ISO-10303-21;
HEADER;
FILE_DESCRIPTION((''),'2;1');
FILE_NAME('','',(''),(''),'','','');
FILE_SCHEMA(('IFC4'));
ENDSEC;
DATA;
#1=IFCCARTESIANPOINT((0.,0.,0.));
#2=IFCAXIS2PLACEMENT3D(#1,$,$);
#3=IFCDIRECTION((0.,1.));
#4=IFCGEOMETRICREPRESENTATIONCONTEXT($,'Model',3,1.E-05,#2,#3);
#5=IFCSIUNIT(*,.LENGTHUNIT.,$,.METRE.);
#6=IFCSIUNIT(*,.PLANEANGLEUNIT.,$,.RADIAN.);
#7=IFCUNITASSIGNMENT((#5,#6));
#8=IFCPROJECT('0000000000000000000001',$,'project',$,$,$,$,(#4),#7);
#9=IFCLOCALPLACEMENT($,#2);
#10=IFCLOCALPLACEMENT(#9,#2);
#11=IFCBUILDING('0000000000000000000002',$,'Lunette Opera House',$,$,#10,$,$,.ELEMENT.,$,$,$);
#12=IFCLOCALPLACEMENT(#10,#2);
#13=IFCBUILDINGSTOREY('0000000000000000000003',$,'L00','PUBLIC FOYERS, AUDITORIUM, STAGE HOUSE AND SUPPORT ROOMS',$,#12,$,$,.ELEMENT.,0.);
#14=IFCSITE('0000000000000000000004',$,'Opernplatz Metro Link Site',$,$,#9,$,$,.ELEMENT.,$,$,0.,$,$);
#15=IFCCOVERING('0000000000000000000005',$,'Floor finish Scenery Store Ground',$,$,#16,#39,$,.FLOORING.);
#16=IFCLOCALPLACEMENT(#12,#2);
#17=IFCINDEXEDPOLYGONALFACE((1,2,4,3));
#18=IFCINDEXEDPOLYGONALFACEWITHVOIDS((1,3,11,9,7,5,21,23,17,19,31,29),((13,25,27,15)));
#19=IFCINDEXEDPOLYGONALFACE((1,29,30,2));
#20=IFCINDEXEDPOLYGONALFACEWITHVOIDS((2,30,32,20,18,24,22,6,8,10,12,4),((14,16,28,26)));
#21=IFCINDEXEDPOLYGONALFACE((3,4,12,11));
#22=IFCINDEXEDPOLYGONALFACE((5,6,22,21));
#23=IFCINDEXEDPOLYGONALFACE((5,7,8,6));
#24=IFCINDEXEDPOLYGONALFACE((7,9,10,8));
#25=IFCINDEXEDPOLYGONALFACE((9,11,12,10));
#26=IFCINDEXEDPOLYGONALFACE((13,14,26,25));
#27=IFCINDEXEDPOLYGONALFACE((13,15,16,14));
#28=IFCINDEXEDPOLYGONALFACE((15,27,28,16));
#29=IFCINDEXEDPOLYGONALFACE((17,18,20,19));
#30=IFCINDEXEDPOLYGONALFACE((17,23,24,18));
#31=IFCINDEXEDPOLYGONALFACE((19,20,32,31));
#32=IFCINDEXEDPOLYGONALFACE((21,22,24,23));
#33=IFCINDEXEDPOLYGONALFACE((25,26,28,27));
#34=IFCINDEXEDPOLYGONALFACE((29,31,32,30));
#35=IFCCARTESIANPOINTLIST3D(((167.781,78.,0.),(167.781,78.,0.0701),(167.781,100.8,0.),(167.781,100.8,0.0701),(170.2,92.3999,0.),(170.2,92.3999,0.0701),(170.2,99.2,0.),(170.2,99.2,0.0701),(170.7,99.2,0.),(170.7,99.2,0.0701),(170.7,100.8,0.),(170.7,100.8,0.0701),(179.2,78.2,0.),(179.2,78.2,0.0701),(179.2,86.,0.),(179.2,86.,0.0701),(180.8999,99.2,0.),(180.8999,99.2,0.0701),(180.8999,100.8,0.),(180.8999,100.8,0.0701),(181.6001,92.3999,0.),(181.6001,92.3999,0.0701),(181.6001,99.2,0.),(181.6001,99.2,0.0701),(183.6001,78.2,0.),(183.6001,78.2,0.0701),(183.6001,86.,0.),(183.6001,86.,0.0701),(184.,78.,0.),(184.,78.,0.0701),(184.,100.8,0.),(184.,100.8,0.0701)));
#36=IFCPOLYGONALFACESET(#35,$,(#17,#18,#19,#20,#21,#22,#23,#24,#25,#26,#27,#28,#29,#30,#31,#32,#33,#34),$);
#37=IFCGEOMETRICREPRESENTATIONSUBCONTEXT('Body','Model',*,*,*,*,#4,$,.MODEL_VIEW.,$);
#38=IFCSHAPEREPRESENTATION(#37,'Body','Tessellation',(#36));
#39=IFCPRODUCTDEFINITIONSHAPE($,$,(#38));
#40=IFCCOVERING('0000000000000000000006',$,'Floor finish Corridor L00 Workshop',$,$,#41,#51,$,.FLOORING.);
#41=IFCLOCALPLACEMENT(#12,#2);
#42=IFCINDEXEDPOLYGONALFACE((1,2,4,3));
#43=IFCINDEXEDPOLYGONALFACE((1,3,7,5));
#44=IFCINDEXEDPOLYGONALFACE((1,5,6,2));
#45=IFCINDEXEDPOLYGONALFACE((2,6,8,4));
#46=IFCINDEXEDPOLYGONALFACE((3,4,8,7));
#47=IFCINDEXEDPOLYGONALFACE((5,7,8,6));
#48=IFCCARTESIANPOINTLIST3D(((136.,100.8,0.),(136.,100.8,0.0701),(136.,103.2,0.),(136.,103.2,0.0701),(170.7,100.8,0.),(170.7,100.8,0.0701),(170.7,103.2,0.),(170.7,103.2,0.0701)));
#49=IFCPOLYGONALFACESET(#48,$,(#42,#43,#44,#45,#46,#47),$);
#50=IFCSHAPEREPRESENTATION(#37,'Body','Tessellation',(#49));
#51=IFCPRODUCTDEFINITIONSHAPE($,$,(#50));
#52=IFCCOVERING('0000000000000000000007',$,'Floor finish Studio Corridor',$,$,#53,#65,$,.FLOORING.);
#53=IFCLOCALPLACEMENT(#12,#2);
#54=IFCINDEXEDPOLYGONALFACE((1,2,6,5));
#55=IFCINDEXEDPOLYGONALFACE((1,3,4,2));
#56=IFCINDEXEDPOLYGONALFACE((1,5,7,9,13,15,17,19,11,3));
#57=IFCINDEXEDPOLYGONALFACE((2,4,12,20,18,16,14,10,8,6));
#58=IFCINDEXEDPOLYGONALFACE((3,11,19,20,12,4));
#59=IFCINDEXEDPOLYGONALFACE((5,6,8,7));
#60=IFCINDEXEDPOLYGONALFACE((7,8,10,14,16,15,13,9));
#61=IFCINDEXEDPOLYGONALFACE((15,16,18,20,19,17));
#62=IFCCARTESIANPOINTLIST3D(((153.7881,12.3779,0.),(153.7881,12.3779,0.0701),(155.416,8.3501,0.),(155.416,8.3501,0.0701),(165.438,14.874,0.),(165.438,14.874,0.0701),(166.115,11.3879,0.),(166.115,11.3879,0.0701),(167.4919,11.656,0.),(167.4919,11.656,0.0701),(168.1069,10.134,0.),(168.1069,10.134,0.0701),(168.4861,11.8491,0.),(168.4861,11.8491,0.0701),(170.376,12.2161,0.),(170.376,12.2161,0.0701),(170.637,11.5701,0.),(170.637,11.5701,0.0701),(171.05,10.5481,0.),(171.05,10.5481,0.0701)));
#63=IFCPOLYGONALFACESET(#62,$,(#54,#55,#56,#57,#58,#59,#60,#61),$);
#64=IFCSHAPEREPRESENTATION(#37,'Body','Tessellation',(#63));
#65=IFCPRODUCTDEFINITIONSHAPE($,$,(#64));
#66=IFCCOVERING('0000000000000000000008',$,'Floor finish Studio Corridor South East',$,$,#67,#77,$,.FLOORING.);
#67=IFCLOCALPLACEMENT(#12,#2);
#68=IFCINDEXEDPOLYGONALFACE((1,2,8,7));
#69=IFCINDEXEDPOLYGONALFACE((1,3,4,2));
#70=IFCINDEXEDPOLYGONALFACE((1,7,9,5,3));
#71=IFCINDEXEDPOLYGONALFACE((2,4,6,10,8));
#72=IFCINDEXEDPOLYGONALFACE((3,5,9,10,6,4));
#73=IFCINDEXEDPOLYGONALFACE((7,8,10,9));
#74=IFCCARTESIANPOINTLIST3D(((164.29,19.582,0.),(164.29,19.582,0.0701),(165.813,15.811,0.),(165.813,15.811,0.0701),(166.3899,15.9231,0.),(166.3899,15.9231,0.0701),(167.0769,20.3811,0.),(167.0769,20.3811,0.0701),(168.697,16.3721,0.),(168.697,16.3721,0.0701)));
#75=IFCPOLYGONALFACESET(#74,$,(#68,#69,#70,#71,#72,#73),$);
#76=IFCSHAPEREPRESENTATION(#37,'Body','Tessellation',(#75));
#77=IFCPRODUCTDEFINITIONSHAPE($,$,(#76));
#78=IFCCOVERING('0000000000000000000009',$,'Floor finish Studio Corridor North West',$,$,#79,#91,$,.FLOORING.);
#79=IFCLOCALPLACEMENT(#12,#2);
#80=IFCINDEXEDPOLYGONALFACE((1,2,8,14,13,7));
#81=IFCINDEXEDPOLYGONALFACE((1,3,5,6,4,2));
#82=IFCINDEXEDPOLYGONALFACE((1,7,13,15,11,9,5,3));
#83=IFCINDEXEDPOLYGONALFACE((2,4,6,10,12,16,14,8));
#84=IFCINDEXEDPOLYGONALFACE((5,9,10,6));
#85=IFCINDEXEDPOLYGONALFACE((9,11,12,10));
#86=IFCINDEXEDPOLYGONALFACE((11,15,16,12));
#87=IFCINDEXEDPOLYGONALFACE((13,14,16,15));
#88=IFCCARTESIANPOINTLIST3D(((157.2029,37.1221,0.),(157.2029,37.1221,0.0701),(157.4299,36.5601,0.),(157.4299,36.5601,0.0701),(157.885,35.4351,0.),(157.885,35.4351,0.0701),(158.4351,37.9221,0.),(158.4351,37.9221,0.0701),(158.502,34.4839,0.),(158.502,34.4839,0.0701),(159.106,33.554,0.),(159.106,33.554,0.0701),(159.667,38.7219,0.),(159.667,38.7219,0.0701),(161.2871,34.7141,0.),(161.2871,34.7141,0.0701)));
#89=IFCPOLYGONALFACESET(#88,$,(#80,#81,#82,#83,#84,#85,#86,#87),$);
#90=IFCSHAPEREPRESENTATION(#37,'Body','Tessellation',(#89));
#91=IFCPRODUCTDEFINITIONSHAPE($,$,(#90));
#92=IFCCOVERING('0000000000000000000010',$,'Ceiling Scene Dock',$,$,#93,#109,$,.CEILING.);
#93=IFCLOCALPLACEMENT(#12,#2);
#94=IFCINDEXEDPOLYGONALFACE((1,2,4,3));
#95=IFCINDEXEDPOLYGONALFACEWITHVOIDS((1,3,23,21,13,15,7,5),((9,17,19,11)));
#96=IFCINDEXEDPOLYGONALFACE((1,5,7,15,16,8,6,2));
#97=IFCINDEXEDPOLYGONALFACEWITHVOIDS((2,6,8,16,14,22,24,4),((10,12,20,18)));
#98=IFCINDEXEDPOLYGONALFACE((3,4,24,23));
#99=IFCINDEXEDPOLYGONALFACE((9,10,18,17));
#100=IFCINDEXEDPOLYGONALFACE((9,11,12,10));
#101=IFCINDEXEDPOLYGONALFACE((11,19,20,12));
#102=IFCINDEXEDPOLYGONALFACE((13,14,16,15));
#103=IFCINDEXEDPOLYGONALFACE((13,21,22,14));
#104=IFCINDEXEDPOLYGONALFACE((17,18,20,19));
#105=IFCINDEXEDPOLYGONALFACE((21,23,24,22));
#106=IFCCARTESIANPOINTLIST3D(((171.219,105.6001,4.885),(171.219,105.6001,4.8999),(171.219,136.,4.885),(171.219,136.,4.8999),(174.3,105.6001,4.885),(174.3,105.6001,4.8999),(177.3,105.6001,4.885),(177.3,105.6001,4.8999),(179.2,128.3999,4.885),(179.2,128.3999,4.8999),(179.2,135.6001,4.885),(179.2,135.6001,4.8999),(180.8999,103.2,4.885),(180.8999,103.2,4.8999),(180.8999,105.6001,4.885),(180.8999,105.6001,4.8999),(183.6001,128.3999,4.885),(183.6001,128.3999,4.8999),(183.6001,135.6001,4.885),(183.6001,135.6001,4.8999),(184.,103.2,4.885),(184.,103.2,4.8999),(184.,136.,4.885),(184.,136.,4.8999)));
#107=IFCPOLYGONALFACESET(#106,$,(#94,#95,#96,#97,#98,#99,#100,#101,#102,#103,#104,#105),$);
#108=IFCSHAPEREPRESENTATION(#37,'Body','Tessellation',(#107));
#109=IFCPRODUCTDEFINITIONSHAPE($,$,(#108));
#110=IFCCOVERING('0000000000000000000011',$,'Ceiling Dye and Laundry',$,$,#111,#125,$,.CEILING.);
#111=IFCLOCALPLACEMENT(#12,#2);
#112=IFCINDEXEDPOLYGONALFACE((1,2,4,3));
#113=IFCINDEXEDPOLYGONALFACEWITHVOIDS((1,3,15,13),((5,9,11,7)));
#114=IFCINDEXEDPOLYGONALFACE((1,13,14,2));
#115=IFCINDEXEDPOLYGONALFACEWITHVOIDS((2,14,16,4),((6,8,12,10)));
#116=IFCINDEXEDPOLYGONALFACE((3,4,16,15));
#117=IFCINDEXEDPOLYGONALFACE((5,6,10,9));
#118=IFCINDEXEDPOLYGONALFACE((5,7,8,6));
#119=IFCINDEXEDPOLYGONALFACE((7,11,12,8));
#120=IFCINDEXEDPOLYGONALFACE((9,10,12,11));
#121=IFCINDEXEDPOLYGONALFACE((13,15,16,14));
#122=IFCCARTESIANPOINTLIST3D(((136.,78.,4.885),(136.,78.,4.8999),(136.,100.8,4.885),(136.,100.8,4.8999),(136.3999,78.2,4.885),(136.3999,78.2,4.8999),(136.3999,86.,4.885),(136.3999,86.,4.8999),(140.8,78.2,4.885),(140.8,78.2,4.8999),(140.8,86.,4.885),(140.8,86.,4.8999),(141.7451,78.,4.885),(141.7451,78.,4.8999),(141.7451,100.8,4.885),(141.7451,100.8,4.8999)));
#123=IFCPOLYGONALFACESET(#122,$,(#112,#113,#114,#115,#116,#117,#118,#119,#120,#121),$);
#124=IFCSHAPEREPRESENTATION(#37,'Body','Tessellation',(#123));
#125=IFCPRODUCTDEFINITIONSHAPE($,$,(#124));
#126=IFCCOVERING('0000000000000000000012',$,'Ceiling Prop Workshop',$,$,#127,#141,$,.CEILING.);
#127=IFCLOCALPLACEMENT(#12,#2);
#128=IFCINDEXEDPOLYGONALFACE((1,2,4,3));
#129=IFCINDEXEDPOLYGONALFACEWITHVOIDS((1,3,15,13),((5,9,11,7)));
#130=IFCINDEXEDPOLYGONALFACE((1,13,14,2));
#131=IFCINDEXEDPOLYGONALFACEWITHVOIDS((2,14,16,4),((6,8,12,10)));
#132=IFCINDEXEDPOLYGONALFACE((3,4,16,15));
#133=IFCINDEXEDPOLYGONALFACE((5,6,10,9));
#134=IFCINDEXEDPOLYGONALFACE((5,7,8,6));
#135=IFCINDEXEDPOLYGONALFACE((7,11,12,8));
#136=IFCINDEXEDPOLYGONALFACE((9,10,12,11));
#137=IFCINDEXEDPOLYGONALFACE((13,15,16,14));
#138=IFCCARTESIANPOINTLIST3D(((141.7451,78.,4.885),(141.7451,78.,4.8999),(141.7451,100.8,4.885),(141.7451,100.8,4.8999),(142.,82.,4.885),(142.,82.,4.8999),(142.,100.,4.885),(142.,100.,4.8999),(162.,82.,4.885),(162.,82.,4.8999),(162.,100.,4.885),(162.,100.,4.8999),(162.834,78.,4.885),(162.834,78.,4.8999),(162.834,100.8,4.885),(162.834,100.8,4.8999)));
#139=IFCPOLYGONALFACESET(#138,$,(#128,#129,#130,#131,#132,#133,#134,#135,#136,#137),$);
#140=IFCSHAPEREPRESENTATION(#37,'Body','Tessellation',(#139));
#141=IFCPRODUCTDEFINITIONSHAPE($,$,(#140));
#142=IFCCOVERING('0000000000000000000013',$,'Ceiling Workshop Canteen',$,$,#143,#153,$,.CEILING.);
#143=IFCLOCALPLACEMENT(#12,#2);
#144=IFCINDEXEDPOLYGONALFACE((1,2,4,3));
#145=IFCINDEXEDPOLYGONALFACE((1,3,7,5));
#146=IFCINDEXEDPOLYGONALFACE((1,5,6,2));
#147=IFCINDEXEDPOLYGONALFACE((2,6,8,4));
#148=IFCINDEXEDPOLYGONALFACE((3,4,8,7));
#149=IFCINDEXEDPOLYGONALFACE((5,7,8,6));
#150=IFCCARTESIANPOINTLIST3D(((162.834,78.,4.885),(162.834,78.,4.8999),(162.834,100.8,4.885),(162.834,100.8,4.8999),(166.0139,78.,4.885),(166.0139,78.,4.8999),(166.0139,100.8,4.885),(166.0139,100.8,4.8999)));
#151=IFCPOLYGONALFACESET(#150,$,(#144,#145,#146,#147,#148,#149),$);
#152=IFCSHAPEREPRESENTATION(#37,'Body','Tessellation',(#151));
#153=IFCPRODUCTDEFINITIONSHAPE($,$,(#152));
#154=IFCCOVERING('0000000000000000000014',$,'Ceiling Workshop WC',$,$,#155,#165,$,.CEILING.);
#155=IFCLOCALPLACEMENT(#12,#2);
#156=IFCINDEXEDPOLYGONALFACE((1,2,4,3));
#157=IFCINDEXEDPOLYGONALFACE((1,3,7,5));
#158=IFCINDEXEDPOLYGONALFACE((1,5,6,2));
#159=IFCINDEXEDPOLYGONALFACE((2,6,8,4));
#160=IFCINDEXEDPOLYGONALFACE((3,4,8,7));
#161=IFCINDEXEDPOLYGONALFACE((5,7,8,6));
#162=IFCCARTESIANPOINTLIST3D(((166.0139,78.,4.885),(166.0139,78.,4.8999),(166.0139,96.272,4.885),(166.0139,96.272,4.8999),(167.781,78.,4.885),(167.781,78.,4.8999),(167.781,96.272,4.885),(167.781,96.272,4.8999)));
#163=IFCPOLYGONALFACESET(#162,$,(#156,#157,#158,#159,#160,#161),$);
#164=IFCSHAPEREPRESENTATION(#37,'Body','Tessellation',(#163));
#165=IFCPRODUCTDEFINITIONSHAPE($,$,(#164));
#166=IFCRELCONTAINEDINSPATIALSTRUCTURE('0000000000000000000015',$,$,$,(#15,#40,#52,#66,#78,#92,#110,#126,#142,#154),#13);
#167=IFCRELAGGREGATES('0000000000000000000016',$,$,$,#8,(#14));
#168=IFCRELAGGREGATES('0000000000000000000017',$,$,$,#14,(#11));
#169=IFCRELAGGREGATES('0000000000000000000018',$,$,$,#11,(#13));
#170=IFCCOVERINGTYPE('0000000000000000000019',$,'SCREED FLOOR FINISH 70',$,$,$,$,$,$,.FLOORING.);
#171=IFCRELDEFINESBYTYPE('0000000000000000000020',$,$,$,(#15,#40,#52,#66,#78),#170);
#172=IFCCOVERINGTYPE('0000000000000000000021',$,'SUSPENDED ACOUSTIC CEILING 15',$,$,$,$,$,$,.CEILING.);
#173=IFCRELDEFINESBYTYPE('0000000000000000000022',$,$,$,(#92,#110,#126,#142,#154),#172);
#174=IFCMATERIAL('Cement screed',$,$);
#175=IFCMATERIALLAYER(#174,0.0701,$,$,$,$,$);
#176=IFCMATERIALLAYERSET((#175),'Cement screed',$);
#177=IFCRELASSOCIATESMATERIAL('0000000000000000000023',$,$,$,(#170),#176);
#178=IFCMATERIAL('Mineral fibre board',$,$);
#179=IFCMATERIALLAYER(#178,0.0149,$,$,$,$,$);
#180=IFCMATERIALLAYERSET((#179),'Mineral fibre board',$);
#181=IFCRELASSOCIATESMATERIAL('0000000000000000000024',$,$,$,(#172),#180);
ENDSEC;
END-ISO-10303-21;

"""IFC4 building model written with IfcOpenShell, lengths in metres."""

from ifc_helpers import new_model, si_unit, direction, frame, origin, place, context, subcontext, project, spatial, polyline, outline, extrude, material, layer, layer_set, type_object, element, save


model = new_model("IFC4")

# Units and contexts
model_context = context("Model", 3, precision=1e-05, world=origin(), true_north=direction((0.0, 1.0)))
body_context = subcontext(model_context, "Body", "Model", "MODEL_VIEW")
ifc_project = project(units=[si_unit("LENGTHUNIT", "METRE"), si_unit("PLANEANGLEUNIT", "RADIAN")], contexts=[model_context])

# Site, building, storey
site_placement = place(None, origin())
site = spatial("IfcSite", under=ifc_project, at=site_placement, Name="Opernplatz Metro Link Site", CompositionType="ELEMENT", RefElevation=0.0)
building_placement = place(site_placement, origin())
building = spatial("IfcBuilding", under=site, at=building_placement, Name="Lunette Opera House", CompositionType="ELEMENT")
storey_placement = place(building_placement, origin())
storey = spatial("IfcBuildingStorey", under=building, at=storey_placement, Name="L00", Description="PUBLIC FOYERS, AUDITORIUM, STAGE HOUSE AND SUPPORT ROOMS", CompositionType="ELEMENT", Elevation=0.0)

# Coverings
ifc_material_1 = material(Name="Cement screed")
ifc_layer_1 = layer(ifc_material_1, 0.0701)
ifc_layer_set_1 = layer_set([ifc_layer_1], Name="Cement screed")
covering_type_1 = type_object("IfcCoveringType", Name="SCREED FLOOR FINISH 70", PredefinedType="FLOORING", material=ifc_layer_set_1)
covering_1_placement = place(storey_placement, origin())
element("IfcCovering", 1, at=covering_1_placement, inside=storey, type_object=covering_type_1, Name="Floor finish Scenery Store Ground", PredefinedType="FLOORING", context=body_context, shape_type="SweptSolid", body=[
    extrude(outline(polyline([(170.2, 92.3999), (181.6001, 92.3999), (181.6001, 99.2), (180.8999, 99.2), (180.8999, 100.8), (184.0, 100.8), (184.0, 78.0), (167.781, 78.0), (167.781, 100.8), (170.7, 100.8), (170.7, 99.2), (170.2, 99.2), (170.2, 92.3999)]), holes=[polyline([(179.2, 78.2), (183.6001, 78.2), (183.6001, 86.0), (179.2, 86.0), (179.2, 78.2)])]), origin(), (0.0, 0.0, 1.0), 0.0701),
])
covering_2_placement = place(storey_placement, origin())
element("IfcCovering", 2, at=covering_2_placement, inside=storey, type_object=covering_type_1, Name="Floor finish Corridor L00 Workshop", PredefinedType="FLOORING", context=body_context, shape_type="SweptSolid", body=[
    extrude(outline(polyline([(136.0, 100.8), (136.0, 103.2), (170.7, 103.2), (170.7, 100.8), (136.0, 100.8)])), origin(), (0.0, 0.0, 1.0), 0.0701),
])
covering_3_placement = place(storey_placement, origin())
element("IfcCovering", 3, at=covering_3_placement, inside=storey, type_object=covering_type_1, Name="Floor finish Studio Corridor", PredefinedType="FLOORING", context=body_context, shape_type="SweptSolid", body=[
    extrude(outline(polyline([(168.1069, 10.134), (155.416, 8.3501), (153.7881, 12.3779), (165.438, 14.874), (166.115, 11.3879), (167.4919, 11.656), (168.4861, 11.8491), (170.376, 12.2161), (170.637, 11.5701), (171.05, 10.5481), (168.1069, 10.134)])), origin(), (0.0, 0.0, 1.0), 0.0701),
])
covering_4_placement = place(storey_placement, origin())
element("IfcCovering", 4, at=covering_4_placement, inside=storey, type_object=covering_type_1, Name="Floor finish Studio Corridor South East", PredefinedType="FLOORING", context=body_context, shape_type="SweptSolid", body=[
    extrude(outline(polyline([(166.3899, 15.9231), (165.813, 15.811), (164.29, 19.582), (167.0769, 20.3811), (168.697, 16.3721), (166.3899, 15.9231)])), origin(), (0.0, 0.0, 1.0), 0.0701),
])
covering_5_placement = place(storey_placement, origin())
element("IfcCovering", 5, at=covering_5_placement, inside=storey, type_object=covering_type_1, Name="Floor finish Studio Corridor North West", PredefinedType="FLOORING", context=body_context, shape_type="SweptSolid", body=[
    extrude(outline(polyline([(157.885, 35.4351), (157.4299, 36.5601), (157.2029, 37.1221), (158.4351, 37.9221), (159.667, 38.7219), (161.2871, 34.7141), (159.106, 33.554), (158.502, 34.4839), (157.885, 35.4351)])), origin(), (0.0, 0.0, 1.0), 0.0701),
])
ifc_material_2 = material(Name="Mineral fibre board")
ifc_layer_2 = layer(ifc_material_2, 0.0149)
ifc_layer_set_2 = layer_set([ifc_layer_2], Name="Mineral fibre board")
covering_type_2 = type_object("IfcCoveringType", Name="SUSPENDED ACOUSTIC CEILING 15", PredefinedType="CEILING", material=ifc_layer_set_2)
covering_6_placement = place(storey_placement, frame((0.0, 0.0, 4.885)))
element("IfcCovering", 6, at=covering_6_placement, inside=storey, type_object=covering_type_2, Name="Ceiling Scene Dock", PredefinedType="CEILING", context=body_context, shape_type="SweptSolid", body=[
    extrude(outline(polyline([(180.8999, 103.2), (180.8999, 105.6001), (177.3, 105.6001), (174.3, 105.6001), (171.219, 105.6001), (171.219, 136.0), (184.0, 136.0), (184.0, 103.2), (180.8999, 103.2)]), holes=[polyline([(183.6001, 135.6001), (179.2, 135.6001), (179.2, 128.3999), (183.6001, 128.3999), (183.6001, 135.6001)])]), origin(), (0.0, 0.0, 1.0), 0.0149),
])
covering_7_placement = place(storey_placement, frame((0.0, 0.0, 4.885)))
element("IfcCovering", 7, at=covering_7_placement, inside=storey, type_object=covering_type_2, Name="Ceiling Dye and Laundry", PredefinedType="CEILING", context=body_context, shape_type="SweptSolid", body=[
    extrude(outline(polyline([(141.7451, 100.8), (141.7451, 78.0), (136.0, 78.0), (136.0, 100.8), (141.7451, 100.8)]), holes=[polyline([(140.8, 86.0), (136.3999, 86.0), (136.3999, 78.2), (140.8, 78.2), (140.8, 86.0)])]), origin(), (0.0, 0.0, 1.0), 0.0149),
])
covering_8_placement = place(storey_placement, frame((0.0, 0.0, 4.885)))
element("IfcCovering", 8, at=covering_8_placement, inside=storey, type_object=covering_type_2, Name="Ceiling Prop Workshop", PredefinedType="CEILING", context=body_context, shape_type="SweptSolid", body=[
    extrude(outline(polyline([(141.7451, 78.0), (141.7451, 100.8), (162.834, 100.8), (162.834, 78.0), (141.7451, 78.0)]), holes=[polyline([(142.0, 100.0), (142.0, 82.0), (162.0, 82.0), (162.0, 100.0), (142.0, 100.0)])]), origin(), (0.0, 0.0, 1.0), 0.0149),
])
covering_9_placement = place(storey_placement, frame((0.0, 0.0, 4.885)))
element("IfcCovering", 9, at=covering_9_placement, inside=storey, type_object=covering_type_2, Name="Ceiling Workshop Canteen", PredefinedType="CEILING", context=body_context, shape_type="SweptSolid", body=[
    extrude(outline(polyline([(162.834, 78.0), (162.834, 100.8), (166.0139, 100.8), (166.0139, 78.0), (162.834, 78.0)])), origin(), (0.0, 0.0, 1.0), 0.0149),
])
covering_10_placement = place(storey_placement, frame((0.0, 0.0, 4.885)))
element("IfcCovering", 10, at=covering_10_placement, inside=storey, type_object=covering_type_2, Name="Ceiling Workshop WC", PredefinedType="CEILING", context=body_context, shape_type="SweptSolid", body=[
    extrude(outline(polyline([(166.0139, 96.272), (167.781, 96.272), (167.781, 78.0), (166.0139, 78.0), (166.0139, 96.272)])), origin(), (0.0, 0.0, 1.0), 0.0149),
])

save(model, "model.ifc")
